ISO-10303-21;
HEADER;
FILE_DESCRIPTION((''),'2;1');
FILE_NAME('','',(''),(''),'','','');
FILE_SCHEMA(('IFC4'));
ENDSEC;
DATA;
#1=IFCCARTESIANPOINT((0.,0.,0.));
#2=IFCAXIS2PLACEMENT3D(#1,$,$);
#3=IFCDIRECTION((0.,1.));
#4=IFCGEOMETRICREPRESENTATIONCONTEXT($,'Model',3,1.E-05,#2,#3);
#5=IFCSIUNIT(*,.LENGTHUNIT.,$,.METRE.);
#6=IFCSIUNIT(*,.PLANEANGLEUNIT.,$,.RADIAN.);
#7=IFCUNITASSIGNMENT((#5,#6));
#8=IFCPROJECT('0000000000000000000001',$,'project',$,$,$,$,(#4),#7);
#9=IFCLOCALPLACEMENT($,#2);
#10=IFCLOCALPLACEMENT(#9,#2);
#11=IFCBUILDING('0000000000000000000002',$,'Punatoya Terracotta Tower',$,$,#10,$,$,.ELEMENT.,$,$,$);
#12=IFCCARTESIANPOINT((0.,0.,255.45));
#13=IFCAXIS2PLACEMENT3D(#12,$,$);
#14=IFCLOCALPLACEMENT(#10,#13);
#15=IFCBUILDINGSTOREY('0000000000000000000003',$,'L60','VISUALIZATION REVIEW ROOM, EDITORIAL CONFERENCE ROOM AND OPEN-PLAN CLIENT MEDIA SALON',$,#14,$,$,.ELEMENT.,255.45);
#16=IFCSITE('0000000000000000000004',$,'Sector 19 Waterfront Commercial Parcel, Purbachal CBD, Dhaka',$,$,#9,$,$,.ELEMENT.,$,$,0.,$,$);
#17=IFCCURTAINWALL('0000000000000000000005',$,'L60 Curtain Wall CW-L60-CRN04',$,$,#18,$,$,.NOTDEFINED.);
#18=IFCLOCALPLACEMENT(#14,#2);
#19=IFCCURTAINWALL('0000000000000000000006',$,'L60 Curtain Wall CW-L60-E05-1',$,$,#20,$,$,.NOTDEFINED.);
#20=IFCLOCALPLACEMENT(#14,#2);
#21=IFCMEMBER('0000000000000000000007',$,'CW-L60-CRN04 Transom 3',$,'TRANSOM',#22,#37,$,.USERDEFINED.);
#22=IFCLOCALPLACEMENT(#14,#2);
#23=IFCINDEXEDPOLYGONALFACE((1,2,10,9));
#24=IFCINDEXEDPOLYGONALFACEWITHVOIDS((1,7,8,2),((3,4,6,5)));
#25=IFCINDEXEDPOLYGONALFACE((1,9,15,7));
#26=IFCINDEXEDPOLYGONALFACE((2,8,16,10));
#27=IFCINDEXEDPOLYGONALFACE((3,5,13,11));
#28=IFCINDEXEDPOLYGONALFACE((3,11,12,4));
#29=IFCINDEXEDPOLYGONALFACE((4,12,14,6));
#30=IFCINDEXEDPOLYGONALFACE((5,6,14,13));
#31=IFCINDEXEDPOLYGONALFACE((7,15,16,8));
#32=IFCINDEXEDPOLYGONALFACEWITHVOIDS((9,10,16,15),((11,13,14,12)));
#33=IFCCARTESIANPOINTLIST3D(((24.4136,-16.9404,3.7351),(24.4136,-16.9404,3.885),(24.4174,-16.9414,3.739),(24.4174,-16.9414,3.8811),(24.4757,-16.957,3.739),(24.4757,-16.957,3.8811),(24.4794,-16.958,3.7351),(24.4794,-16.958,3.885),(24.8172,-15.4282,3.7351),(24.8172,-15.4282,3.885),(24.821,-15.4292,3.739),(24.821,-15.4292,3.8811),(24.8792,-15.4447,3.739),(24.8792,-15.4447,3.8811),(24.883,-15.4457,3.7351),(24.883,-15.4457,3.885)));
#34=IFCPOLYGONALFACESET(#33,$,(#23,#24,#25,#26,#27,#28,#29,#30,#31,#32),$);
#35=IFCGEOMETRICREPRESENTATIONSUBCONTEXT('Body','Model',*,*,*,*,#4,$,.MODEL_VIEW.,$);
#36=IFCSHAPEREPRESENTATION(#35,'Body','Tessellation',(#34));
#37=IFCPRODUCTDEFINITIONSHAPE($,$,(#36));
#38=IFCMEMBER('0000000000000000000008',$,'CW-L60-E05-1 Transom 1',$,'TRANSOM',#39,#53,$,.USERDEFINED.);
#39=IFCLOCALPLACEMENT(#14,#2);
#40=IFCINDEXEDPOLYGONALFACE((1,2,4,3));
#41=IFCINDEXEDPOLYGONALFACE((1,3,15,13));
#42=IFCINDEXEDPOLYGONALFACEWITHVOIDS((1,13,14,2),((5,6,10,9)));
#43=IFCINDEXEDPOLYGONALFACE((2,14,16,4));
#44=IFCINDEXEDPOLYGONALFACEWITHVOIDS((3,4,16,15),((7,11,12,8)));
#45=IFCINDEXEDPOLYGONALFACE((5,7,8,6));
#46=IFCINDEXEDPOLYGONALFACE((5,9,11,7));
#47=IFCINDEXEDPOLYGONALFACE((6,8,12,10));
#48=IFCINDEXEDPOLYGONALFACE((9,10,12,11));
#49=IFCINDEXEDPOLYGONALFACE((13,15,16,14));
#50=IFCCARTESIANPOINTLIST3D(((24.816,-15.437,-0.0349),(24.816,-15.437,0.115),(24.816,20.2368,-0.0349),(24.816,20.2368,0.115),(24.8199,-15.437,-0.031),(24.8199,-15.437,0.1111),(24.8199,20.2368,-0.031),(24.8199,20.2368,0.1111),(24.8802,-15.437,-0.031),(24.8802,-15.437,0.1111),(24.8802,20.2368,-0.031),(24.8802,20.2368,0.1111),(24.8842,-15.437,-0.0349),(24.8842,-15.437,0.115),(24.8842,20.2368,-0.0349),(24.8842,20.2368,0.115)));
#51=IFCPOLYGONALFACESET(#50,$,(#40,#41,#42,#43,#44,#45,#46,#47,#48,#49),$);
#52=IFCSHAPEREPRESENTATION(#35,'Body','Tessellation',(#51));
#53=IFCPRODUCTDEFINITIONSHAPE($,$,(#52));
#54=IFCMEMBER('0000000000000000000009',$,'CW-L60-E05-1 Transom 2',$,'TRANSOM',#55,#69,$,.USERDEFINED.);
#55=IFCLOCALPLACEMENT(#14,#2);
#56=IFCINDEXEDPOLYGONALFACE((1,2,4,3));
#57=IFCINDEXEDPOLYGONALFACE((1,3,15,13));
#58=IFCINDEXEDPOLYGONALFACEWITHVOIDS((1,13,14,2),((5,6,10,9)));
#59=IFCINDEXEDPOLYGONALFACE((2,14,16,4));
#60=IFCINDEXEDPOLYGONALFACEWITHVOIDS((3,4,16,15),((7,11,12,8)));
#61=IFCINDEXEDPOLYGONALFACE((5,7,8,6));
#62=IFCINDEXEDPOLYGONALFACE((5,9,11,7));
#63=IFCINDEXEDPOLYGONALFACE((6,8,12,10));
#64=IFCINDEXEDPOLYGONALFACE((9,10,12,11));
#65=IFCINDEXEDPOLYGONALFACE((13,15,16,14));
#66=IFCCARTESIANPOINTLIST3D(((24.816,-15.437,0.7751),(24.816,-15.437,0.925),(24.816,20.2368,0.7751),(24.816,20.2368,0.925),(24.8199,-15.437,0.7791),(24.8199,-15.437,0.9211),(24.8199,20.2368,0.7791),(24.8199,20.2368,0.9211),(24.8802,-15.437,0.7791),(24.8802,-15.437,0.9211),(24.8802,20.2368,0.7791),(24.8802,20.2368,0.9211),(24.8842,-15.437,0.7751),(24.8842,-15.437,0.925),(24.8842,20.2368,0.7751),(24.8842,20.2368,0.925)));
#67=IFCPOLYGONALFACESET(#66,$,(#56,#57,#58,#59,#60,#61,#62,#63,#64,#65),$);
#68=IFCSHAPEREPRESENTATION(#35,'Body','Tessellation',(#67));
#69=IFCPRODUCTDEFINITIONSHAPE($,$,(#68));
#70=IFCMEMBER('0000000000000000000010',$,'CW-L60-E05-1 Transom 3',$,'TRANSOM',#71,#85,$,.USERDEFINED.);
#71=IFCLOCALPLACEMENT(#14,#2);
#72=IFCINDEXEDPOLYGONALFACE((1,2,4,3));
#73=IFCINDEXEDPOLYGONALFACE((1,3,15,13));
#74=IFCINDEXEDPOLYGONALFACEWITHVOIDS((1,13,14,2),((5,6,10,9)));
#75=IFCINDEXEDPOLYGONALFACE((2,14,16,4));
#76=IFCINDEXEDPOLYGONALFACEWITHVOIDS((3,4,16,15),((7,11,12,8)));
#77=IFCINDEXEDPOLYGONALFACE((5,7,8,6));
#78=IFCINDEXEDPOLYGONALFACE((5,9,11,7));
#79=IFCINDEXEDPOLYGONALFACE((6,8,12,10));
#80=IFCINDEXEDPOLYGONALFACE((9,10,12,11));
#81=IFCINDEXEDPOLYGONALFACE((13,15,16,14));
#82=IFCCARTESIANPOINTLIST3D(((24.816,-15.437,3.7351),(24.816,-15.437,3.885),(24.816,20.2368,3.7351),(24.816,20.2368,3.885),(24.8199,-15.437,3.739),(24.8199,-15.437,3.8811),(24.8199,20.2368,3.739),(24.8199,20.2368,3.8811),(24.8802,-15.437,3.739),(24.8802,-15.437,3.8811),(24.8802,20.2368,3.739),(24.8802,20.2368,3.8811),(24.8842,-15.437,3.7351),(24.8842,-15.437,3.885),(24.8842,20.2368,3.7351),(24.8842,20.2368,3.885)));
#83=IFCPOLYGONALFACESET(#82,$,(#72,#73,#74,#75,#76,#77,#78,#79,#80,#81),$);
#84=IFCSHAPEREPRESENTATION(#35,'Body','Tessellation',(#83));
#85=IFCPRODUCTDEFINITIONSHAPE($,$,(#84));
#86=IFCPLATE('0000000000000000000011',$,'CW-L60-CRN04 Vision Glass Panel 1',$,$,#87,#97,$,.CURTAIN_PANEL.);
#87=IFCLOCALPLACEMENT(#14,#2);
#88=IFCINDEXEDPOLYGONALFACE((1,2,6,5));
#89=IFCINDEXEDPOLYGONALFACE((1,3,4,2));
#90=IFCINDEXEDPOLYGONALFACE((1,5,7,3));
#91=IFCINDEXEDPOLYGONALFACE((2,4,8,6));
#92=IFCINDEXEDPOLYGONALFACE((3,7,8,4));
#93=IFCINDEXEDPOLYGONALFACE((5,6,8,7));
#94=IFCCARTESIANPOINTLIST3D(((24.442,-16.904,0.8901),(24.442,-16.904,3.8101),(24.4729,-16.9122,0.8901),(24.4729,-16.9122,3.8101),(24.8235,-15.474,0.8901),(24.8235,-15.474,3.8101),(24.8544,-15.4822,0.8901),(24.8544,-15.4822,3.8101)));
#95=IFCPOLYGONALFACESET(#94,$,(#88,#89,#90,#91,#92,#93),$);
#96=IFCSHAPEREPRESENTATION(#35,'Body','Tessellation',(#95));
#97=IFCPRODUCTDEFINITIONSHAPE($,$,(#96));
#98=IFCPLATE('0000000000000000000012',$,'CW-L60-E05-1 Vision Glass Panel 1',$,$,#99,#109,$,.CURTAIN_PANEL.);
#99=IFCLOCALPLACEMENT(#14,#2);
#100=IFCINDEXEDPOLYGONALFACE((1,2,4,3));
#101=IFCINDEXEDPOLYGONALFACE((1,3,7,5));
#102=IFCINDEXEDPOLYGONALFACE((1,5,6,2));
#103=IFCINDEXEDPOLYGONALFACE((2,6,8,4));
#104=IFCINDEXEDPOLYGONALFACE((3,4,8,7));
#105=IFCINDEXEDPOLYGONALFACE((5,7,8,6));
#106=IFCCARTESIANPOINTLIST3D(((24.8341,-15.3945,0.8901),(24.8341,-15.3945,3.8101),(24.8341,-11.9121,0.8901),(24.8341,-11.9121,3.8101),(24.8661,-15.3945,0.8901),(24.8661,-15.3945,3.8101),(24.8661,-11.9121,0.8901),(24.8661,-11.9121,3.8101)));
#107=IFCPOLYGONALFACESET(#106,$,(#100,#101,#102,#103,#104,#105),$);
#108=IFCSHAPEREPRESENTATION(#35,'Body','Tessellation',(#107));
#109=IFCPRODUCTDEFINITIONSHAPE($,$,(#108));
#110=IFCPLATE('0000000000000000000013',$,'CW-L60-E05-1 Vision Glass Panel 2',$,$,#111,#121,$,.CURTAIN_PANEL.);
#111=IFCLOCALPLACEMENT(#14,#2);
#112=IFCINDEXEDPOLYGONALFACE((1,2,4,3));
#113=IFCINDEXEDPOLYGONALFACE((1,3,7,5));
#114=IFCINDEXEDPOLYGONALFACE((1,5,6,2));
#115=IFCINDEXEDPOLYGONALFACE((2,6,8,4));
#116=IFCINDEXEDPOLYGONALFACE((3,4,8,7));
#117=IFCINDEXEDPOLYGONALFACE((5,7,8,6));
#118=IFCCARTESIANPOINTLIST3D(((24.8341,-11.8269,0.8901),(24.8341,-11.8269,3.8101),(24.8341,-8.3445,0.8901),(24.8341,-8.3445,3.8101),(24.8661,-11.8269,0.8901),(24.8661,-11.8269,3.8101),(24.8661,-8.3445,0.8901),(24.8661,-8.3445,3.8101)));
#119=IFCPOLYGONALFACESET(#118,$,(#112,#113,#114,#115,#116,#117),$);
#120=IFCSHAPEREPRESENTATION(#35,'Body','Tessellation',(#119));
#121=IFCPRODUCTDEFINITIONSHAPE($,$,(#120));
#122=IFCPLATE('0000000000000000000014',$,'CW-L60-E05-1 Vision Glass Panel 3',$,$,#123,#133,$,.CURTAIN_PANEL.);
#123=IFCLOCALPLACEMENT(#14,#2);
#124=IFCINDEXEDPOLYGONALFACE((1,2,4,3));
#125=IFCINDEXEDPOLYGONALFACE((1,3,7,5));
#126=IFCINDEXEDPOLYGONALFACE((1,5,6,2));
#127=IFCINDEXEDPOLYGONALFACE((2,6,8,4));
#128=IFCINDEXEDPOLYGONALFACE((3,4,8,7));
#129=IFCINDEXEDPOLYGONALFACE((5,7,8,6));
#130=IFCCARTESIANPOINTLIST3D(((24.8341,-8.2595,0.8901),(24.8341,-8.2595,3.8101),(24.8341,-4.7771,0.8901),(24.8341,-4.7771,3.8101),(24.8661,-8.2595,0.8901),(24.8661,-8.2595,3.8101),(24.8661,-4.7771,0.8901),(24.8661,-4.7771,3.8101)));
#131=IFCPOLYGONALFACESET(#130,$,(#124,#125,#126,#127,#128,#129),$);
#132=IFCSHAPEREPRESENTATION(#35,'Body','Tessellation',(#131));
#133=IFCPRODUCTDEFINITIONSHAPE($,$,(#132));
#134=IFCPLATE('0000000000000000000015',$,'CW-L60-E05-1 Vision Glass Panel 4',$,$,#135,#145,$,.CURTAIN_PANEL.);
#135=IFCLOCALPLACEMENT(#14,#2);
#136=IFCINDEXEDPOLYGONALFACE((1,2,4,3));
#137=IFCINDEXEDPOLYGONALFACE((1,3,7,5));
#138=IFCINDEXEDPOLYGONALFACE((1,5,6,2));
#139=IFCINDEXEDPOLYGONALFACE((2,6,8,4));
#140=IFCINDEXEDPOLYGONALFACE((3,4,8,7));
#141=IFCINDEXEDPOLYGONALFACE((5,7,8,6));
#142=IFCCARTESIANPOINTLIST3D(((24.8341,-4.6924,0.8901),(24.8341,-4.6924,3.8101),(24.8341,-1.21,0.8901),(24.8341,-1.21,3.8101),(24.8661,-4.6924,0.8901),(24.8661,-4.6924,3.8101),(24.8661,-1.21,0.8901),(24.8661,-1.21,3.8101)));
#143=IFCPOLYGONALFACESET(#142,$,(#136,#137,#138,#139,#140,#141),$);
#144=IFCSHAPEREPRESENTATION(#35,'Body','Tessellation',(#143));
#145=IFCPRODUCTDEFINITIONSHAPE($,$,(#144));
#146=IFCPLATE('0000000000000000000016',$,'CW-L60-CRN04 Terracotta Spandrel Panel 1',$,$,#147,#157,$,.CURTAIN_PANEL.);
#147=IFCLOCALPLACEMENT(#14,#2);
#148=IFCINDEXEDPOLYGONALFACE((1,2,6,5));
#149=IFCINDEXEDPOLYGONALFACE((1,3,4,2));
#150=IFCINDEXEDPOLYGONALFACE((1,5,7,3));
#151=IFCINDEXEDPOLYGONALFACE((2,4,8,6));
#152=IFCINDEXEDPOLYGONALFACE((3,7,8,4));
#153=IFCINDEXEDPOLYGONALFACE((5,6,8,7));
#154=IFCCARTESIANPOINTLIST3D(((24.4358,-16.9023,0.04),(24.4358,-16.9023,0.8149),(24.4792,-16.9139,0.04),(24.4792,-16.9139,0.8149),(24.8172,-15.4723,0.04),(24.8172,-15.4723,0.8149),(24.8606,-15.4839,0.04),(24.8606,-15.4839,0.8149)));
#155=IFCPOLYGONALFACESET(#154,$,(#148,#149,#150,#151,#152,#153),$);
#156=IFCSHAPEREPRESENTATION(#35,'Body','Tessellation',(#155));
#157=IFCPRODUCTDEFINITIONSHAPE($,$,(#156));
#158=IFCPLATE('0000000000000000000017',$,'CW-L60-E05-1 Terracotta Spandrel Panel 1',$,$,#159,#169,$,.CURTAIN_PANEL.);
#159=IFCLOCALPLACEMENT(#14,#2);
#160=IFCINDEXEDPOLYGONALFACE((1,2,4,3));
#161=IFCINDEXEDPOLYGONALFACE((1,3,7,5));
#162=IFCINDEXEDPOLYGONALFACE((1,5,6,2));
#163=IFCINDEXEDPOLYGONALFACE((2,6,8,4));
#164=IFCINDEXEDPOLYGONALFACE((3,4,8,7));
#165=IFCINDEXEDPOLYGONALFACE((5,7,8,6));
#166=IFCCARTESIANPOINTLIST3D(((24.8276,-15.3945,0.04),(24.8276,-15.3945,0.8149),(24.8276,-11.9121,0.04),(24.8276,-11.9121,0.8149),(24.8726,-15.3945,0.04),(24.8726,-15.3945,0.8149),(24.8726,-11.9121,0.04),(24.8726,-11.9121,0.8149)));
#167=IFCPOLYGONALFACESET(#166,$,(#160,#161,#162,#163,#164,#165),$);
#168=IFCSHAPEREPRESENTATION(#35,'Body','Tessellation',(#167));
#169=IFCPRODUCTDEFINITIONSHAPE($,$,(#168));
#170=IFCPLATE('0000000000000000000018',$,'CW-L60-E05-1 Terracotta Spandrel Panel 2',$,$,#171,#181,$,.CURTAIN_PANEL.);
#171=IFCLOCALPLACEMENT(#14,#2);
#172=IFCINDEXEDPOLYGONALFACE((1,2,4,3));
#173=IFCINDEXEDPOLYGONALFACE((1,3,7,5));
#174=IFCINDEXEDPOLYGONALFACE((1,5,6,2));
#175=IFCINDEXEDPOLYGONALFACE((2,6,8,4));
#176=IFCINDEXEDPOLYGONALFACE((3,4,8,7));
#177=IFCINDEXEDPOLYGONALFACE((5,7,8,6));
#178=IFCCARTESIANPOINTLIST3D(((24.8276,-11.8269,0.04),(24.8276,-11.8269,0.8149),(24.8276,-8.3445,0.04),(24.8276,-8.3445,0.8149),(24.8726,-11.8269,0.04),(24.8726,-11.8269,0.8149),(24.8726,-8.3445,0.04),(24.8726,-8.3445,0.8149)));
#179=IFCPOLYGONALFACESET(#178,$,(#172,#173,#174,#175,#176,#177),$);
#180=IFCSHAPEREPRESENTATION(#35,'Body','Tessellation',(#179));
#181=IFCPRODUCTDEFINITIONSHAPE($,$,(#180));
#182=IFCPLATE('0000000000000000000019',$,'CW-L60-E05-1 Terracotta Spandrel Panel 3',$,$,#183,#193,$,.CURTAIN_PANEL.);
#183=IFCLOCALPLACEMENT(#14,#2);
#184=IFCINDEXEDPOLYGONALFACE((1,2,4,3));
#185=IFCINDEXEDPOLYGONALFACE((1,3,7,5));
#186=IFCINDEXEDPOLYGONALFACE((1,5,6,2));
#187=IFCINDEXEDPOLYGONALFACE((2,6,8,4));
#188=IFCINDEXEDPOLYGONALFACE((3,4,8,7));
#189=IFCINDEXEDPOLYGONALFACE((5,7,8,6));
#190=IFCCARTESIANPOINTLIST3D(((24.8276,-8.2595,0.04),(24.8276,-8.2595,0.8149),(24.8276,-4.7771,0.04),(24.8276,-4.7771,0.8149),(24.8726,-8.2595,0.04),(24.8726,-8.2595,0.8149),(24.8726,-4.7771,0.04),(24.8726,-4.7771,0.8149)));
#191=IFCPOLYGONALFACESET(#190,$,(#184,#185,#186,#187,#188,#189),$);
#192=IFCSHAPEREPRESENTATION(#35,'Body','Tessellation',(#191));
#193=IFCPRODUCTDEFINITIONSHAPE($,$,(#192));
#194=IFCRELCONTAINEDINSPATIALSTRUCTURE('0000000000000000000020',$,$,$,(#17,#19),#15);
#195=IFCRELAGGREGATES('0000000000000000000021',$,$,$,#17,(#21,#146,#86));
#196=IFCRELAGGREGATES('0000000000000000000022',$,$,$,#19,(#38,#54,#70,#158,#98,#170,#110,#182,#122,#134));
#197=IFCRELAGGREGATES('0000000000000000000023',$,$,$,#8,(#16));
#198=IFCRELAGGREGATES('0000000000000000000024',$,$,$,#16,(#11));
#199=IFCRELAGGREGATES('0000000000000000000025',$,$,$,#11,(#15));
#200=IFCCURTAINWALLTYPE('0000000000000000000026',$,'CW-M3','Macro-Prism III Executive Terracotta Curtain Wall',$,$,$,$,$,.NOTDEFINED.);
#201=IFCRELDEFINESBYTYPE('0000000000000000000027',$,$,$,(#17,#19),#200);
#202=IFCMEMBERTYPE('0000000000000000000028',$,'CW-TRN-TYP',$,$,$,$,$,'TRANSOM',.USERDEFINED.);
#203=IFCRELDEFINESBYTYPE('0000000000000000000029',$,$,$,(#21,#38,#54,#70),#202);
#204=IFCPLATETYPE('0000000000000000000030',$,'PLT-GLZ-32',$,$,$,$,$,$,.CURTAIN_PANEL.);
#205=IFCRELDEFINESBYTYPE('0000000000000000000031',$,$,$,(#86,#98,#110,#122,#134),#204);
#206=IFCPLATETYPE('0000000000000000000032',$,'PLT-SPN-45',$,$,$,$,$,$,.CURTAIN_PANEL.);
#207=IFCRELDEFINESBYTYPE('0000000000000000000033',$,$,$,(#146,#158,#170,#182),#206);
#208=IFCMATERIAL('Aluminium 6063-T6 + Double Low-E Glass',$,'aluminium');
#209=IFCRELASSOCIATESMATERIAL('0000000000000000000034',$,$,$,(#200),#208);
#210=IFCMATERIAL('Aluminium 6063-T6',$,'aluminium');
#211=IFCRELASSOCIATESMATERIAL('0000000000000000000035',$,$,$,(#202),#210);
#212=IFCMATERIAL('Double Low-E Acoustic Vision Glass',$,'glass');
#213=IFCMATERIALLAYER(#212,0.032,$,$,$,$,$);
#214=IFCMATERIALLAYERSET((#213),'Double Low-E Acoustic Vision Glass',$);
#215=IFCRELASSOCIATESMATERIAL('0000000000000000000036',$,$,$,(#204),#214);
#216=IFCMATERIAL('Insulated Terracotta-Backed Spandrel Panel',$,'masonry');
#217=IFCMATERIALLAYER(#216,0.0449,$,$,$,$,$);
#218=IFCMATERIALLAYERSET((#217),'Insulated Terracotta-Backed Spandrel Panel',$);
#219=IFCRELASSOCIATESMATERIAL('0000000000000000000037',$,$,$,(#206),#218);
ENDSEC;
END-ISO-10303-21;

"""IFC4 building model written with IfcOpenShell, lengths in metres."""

from ifc_helpers import new_model, si_unit, direction, frame, origin, origin_2d, place, context, subcontext, project, spatial, rectangle, hollow_rectangle, extrude, material, layer, layer_set, material_profile, profile_set, type_object, element, aggregate, save


model = new_model("IFC4")

# Units and contexts
model_context = context("Model", 3, precision=1e-05, world=origin(), true_north=direction((0.0, 1.0)))
body_context = subcontext(model_context, "Body", "Model", "MODEL_VIEW")
ifc_project = project(units=[si_unit("LENGTHUNIT", "METRE"), si_unit("PLANEANGLEUNIT", "RADIAN")], contexts=[model_context])

# Site, building, storey
site_placement = place(None, origin())
site = spatial("IfcSite", under=ifc_project, at=site_placement, Name="Sector 19 Waterfront Commercial Parcel, Purbachal CBD, Dhaka", CompositionType="ELEMENT", RefElevation=0.0)
building_placement = place(site_placement, origin())
building = spatial("IfcBuilding", under=site, at=building_placement, Name="Punatoya Terracotta Tower", CompositionType="ELEMENT")
storey_placement = place(building_placement, frame((0.0, 0.0, 255.45)))
storey = spatial("IfcBuildingStorey", under=building, at=storey_placement, Name="L60", Description="VISUALIZATION REVIEW ROOM, EDITORIAL CONFERENCE ROOM AND OPEN-PLAN CLIENT MEDIA SALON", CompositionType="ELEMENT", Elevation=255.45)

# Curtain walls
ifc_material_1 = material(Name="Aluminium 6063-T6 + Double Low-E Glass", Category="aluminium")
curtain_wall_type = type_object("IfcCurtainWallType", Name="CW-M3", Description="Macro-Prism III Executive Terracotta Curtain Wall", PredefinedType="NOTDEFINED", material=ifc_material_1)
curtain_wall_1_placement = place(storey_placement, origin())
curtain_wall_1 = element("IfcCurtainWall", 1, at=curtain_wall_1_placement, inside=storey, type_object=curtain_wall_type, Name="L60 Curtain Wall CW-L60-CRN04", PredefinedType="NOTDEFINED")
ifc_material_2 = material(Name="Aluminium 6063-T6", Category="aluminium")
curtain_wall_2_placement = place(storey_placement, origin())
curtain_wall_2 = element("IfcCurtainWall", 2, at=curtain_wall_2_placement, inside=storey, type_object=curtain_wall_type, Name="L60 Curtain Wall CW-L60-E05-1", PredefinedType="NOTDEFINED")

# Members
ifc_material_profile_1 = material_profile(ifc_material_2, hollow_rectangle(XDim=0.0681, YDim=0.1499, WallThickness=0.0039, at=origin_2d()))
ifc_profile_set_1 = profile_set([ifc_material_profile_1], Name="Aluminium 6063-T6")
member_type_1 = type_object("IfcMemberType", Name="CW-TRN-TYP", ElementType="TRANSOM", PredefinedType="USERDEFINED", material=ifc_profile_set_1)
member_1_placement = place(storey_placement, frame((24.4465, -16.9492, 3.8101), z_axis=(0.257847, 0.966186, 0.0), x_axis=(-0.966186, 0.257847, 0.0)))
member_1 = element("IfcMember", 3, at=member_1_placement, type_object=member_type_1, Name="CW-L60-CRN04 Transom 3", ObjectType="TRANSOM", PredefinedType="USERDEFINED", context=body_context, shape_type="SweptSolid", body=[
    extrude(hollow_rectangle(XDim=0.0681, YDim=0.1499, WallThickness=0.0039, at=origin_2d()), origin(), (0.0, 0.0, 1.0), 1.5652),
])
member_2_placement = place(storey_placement, frame((24.8501, -15.437, 0.04), z_axis=(0.0, 1.0, 0.0), x_axis=(-1.0, 0.0, 0.0)))
member_2 = element("IfcMember", 4, at=member_2_placement, type_object=member_type_1, Name="CW-L60-E05-1 Transom 1", ObjectType="TRANSOM", PredefinedType="USERDEFINED", context=body_context, shape_type="SweptSolid", body=[
    extrude(hollow_rectangle(XDim=0.0681, YDim=0.1499, WallThickness=0.0039, at=origin_2d()), origin(), (0.0, 0.0, 1.0), 35.6738),
])
member_3_placement = place(storey_placement, frame((24.8501, -15.437, 0.8501), z_axis=(0.0, 1.0, 0.0), x_axis=(-1.0, 0.0, 0.0)))
member_3 = element("IfcMember", 5, at=member_3_placement, type_object=member_type_1, Name="CW-L60-E05-1 Transom 2", ObjectType="TRANSOM", PredefinedType="USERDEFINED", context=body_context, shape_type="SweptSolid", body=[
    extrude(hollow_rectangle(XDim=0.0681, YDim=0.1499, WallThickness=0.0039, at=origin_2d()), origin(), (0.0, 0.0, 1.0), 35.6738),
])
member_4_placement = place(storey_placement, frame((24.8501, -15.437, 3.8101), z_axis=(0.0, 1.0, 0.0), x_axis=(-1.0, 0.0, 0.0)))
member_4 = element("IfcMember", 6, at=member_4_placement, type_object=member_type_1, Name="CW-L60-E05-1 Transom 3", ObjectType="TRANSOM", PredefinedType="USERDEFINED", context=body_context, shape_type="SweptSolid", body=[
    extrude(hollow_rectangle(XDim=0.0681, YDim=0.1499, WallThickness=0.0039, at=origin_2d()), origin(), (0.0, 0.0, 1.0), 35.6738),
])

# Plates
ifc_material_3 = material(Name="Double Low-E Acoustic Vision Glass", Category="glass")
ifc_layer_1 = layer(ifc_material_3, 0.032)
ifc_layer_set_1 = layer_set([ifc_layer_1], Name="Double Low-E Acoustic Vision Glass")
plate_type_1 = type_object("IfcPlateType", Name="PLT-GLZ-32", PredefinedType="CURTAIN_PANEL", material=ifc_layer_set_1)
plate_1_placement = place(storey_placement, frame((24.6482, -16.1931, 0.8901), z_axis=(0.0, 0.0, 1.0), x_axis=(0.257742, 0.966214, 0.0)))
plate_1 = element("IfcPlate", 7, at=plate_1_placement, type_object=plate_type_1, Name="CW-L60-CRN04 Vision Glass Panel 1", PredefinedType="CURTAIN_PANEL", context=body_context, shape_type="SweptSolid", body=[
    extrude(rectangle(XDim=1.48, YDim=0.032, at=origin_2d()), origin(), (0.0, 0.0, 1.0), 2.9199),
])
plate_2_placement = place(storey_placement, frame((24.8501, -13.6533, 0.8901), z_axis=(0.0, 0.0, 1.0), x_axis=(0.0, 1.0, 0.0)))
plate_2 = element("IfcPlate", 8, at=plate_2_placement, type_object=plate_type_1, Name="CW-L60-E05-1 Vision Glass Panel 1", PredefinedType="CURTAIN_PANEL", context=body_context, shape_type="SweptSolid", body=[
    extrude(rectangle(XDim=3.4824, YDim=0.032, at=origin_2d()), origin(), (0.0, 0.0, 1.0), 2.9199),
])
plate_3_placement = place(storey_placement, frame((24.8501, -10.0857, 0.8901), z_axis=(0.0, 0.0, 1.0), x_axis=(0.0, 1.0, 0.0)))
plate_3 = element("IfcPlate", 9, at=plate_3_placement, type_object=plate_type_1, Name="CW-L60-E05-1 Vision Glass Panel 2", PredefinedType="CURTAIN_PANEL", context=body_context, shape_type="SweptSolid", body=[
    extrude(rectangle(XDim=3.4824, YDim=0.032, at=origin_2d()), origin(), (0.0, 0.0, 1.0), 2.9199),
])
plate_4_placement = place(storey_placement, frame((24.8501, -6.5183, 0.8901), z_axis=(0.0, 0.0, 1.0), x_axis=(0.0, 1.0, 0.0)))
plate_4 = element("IfcPlate", 10, at=plate_4_placement, type_object=plate_type_1, Name="CW-L60-E05-1 Vision Glass Panel 3", PredefinedType="CURTAIN_PANEL", context=body_context, shape_type="SweptSolid", body=[
    extrude(rectangle(XDim=3.4824, YDim=0.032, at=origin_2d()), origin(), (0.0, 0.0, 1.0), 2.9199),
])
plate_5_placement = place(storey_placement, frame((24.8501, -2.9512, 0.8901), z_axis=(0.0, 0.0, 1.0), x_axis=(0.0, 1.0, 0.0)))
plate_5 = element("IfcPlate", 11, at=plate_5_placement, type_object=plate_type_1, Name="CW-L60-E05-1 Vision Glass Panel 4", PredefinedType="CURTAIN_PANEL", context=body_context, shape_type="SweptSolid", body=[
    extrude(rectangle(XDim=3.4824, YDim=0.032, at=origin_2d()), origin(), (0.0, 0.0, 1.0), 2.9199),
])
ifc_material_4 = material(Name="Insulated Terracotta-Backed Spandrel Panel", Category="masonry")
ifc_layer_2 = layer(ifc_material_4, 0.0449)
ifc_layer_set_2 = layer_set([ifc_layer_2], Name="Insulated Terracotta-Backed Spandrel Panel")
plate_type_2 = type_object("IfcPlateType", Name="PLT-SPN-45", PredefinedType="CURTAIN_PANEL", material=ifc_layer_set_2)
plate_6_placement = place(storey_placement, frame((24.6482, -16.1931, 0.04), z_axis=(0.0, 0.0, 1.0), x_axis=(0.257742, 0.966214, 0.0)))
plate_6 = element("IfcPlate", 12, at=plate_6_placement, type_object=plate_type_2, Name="CW-L60-CRN04 Terracotta Spandrel Panel 1", PredefinedType="CURTAIN_PANEL", context=body_context, shape_type="SweptSolid", body=[
    extrude(rectangle(XDim=1.48, YDim=0.0449, at=origin_2d()), origin(), (0.0, 0.0, 1.0), 0.7749),
])
aggregate(curtain_wall_1, [member_1, plate_6, plate_1])
plate_7_placement = place(storey_placement, frame((24.8501, -13.6533, 0.04), z_axis=(0.0, 0.0, 1.0), x_axis=(0.0, 1.0, 0.0)))
plate_7 = element("IfcPlate", 13, at=plate_7_placement, type_object=plate_type_2, Name="CW-L60-E05-1 Terracotta Spandrel Panel 1", PredefinedType="CURTAIN_PANEL", context=body_context, shape_type="SweptSolid", body=[
    extrude(rectangle(XDim=3.4824, YDim=0.0449, at=origin_2d()), origin(), (0.0, 0.0, 1.0), 0.7749),
])
plate_8_placement = place(storey_placement, frame((24.8501, -10.0857, 0.04), z_axis=(0.0, 0.0, 1.0), x_axis=(0.0, 1.0, 0.0)))
plate_8 = element("IfcPlate", 14, at=plate_8_placement, type_object=plate_type_2, Name="CW-L60-E05-1 Terracotta Spandrel Panel 2", PredefinedType="CURTAIN_PANEL", context=body_context, shape_type="SweptSolid", body=[
    extrude(rectangle(XDim=3.4824, YDim=0.0449, at=origin_2d()), origin(), (0.0, 0.0, 1.0), 0.7749),
])
plate_9_placement = place(storey_placement, frame((24.8501, -6.5183, 0.04), z_axis=(0.0, 0.0, 1.0), x_axis=(0.0, 1.0, 0.0)))
plate_9 = element("IfcPlate", 15, at=plate_9_placement, type_object=plate_type_2, Name="CW-L60-E05-1 Terracotta Spandrel Panel 3", PredefinedType="CURTAIN_PANEL", context=body_context, shape_type="SweptSolid", body=[
    extrude(rectangle(XDim=3.4824, YDim=0.0449, at=origin_2d()), origin(), (0.0, 0.0, 1.0), 0.7749),
])
aggregate(curtain_wall_2, [member_2, member_3, member_4, plate_7, plate_2, plate_8, plate_3, plate_9, plate_4, plate_5])

save(model, "model.ifc")
